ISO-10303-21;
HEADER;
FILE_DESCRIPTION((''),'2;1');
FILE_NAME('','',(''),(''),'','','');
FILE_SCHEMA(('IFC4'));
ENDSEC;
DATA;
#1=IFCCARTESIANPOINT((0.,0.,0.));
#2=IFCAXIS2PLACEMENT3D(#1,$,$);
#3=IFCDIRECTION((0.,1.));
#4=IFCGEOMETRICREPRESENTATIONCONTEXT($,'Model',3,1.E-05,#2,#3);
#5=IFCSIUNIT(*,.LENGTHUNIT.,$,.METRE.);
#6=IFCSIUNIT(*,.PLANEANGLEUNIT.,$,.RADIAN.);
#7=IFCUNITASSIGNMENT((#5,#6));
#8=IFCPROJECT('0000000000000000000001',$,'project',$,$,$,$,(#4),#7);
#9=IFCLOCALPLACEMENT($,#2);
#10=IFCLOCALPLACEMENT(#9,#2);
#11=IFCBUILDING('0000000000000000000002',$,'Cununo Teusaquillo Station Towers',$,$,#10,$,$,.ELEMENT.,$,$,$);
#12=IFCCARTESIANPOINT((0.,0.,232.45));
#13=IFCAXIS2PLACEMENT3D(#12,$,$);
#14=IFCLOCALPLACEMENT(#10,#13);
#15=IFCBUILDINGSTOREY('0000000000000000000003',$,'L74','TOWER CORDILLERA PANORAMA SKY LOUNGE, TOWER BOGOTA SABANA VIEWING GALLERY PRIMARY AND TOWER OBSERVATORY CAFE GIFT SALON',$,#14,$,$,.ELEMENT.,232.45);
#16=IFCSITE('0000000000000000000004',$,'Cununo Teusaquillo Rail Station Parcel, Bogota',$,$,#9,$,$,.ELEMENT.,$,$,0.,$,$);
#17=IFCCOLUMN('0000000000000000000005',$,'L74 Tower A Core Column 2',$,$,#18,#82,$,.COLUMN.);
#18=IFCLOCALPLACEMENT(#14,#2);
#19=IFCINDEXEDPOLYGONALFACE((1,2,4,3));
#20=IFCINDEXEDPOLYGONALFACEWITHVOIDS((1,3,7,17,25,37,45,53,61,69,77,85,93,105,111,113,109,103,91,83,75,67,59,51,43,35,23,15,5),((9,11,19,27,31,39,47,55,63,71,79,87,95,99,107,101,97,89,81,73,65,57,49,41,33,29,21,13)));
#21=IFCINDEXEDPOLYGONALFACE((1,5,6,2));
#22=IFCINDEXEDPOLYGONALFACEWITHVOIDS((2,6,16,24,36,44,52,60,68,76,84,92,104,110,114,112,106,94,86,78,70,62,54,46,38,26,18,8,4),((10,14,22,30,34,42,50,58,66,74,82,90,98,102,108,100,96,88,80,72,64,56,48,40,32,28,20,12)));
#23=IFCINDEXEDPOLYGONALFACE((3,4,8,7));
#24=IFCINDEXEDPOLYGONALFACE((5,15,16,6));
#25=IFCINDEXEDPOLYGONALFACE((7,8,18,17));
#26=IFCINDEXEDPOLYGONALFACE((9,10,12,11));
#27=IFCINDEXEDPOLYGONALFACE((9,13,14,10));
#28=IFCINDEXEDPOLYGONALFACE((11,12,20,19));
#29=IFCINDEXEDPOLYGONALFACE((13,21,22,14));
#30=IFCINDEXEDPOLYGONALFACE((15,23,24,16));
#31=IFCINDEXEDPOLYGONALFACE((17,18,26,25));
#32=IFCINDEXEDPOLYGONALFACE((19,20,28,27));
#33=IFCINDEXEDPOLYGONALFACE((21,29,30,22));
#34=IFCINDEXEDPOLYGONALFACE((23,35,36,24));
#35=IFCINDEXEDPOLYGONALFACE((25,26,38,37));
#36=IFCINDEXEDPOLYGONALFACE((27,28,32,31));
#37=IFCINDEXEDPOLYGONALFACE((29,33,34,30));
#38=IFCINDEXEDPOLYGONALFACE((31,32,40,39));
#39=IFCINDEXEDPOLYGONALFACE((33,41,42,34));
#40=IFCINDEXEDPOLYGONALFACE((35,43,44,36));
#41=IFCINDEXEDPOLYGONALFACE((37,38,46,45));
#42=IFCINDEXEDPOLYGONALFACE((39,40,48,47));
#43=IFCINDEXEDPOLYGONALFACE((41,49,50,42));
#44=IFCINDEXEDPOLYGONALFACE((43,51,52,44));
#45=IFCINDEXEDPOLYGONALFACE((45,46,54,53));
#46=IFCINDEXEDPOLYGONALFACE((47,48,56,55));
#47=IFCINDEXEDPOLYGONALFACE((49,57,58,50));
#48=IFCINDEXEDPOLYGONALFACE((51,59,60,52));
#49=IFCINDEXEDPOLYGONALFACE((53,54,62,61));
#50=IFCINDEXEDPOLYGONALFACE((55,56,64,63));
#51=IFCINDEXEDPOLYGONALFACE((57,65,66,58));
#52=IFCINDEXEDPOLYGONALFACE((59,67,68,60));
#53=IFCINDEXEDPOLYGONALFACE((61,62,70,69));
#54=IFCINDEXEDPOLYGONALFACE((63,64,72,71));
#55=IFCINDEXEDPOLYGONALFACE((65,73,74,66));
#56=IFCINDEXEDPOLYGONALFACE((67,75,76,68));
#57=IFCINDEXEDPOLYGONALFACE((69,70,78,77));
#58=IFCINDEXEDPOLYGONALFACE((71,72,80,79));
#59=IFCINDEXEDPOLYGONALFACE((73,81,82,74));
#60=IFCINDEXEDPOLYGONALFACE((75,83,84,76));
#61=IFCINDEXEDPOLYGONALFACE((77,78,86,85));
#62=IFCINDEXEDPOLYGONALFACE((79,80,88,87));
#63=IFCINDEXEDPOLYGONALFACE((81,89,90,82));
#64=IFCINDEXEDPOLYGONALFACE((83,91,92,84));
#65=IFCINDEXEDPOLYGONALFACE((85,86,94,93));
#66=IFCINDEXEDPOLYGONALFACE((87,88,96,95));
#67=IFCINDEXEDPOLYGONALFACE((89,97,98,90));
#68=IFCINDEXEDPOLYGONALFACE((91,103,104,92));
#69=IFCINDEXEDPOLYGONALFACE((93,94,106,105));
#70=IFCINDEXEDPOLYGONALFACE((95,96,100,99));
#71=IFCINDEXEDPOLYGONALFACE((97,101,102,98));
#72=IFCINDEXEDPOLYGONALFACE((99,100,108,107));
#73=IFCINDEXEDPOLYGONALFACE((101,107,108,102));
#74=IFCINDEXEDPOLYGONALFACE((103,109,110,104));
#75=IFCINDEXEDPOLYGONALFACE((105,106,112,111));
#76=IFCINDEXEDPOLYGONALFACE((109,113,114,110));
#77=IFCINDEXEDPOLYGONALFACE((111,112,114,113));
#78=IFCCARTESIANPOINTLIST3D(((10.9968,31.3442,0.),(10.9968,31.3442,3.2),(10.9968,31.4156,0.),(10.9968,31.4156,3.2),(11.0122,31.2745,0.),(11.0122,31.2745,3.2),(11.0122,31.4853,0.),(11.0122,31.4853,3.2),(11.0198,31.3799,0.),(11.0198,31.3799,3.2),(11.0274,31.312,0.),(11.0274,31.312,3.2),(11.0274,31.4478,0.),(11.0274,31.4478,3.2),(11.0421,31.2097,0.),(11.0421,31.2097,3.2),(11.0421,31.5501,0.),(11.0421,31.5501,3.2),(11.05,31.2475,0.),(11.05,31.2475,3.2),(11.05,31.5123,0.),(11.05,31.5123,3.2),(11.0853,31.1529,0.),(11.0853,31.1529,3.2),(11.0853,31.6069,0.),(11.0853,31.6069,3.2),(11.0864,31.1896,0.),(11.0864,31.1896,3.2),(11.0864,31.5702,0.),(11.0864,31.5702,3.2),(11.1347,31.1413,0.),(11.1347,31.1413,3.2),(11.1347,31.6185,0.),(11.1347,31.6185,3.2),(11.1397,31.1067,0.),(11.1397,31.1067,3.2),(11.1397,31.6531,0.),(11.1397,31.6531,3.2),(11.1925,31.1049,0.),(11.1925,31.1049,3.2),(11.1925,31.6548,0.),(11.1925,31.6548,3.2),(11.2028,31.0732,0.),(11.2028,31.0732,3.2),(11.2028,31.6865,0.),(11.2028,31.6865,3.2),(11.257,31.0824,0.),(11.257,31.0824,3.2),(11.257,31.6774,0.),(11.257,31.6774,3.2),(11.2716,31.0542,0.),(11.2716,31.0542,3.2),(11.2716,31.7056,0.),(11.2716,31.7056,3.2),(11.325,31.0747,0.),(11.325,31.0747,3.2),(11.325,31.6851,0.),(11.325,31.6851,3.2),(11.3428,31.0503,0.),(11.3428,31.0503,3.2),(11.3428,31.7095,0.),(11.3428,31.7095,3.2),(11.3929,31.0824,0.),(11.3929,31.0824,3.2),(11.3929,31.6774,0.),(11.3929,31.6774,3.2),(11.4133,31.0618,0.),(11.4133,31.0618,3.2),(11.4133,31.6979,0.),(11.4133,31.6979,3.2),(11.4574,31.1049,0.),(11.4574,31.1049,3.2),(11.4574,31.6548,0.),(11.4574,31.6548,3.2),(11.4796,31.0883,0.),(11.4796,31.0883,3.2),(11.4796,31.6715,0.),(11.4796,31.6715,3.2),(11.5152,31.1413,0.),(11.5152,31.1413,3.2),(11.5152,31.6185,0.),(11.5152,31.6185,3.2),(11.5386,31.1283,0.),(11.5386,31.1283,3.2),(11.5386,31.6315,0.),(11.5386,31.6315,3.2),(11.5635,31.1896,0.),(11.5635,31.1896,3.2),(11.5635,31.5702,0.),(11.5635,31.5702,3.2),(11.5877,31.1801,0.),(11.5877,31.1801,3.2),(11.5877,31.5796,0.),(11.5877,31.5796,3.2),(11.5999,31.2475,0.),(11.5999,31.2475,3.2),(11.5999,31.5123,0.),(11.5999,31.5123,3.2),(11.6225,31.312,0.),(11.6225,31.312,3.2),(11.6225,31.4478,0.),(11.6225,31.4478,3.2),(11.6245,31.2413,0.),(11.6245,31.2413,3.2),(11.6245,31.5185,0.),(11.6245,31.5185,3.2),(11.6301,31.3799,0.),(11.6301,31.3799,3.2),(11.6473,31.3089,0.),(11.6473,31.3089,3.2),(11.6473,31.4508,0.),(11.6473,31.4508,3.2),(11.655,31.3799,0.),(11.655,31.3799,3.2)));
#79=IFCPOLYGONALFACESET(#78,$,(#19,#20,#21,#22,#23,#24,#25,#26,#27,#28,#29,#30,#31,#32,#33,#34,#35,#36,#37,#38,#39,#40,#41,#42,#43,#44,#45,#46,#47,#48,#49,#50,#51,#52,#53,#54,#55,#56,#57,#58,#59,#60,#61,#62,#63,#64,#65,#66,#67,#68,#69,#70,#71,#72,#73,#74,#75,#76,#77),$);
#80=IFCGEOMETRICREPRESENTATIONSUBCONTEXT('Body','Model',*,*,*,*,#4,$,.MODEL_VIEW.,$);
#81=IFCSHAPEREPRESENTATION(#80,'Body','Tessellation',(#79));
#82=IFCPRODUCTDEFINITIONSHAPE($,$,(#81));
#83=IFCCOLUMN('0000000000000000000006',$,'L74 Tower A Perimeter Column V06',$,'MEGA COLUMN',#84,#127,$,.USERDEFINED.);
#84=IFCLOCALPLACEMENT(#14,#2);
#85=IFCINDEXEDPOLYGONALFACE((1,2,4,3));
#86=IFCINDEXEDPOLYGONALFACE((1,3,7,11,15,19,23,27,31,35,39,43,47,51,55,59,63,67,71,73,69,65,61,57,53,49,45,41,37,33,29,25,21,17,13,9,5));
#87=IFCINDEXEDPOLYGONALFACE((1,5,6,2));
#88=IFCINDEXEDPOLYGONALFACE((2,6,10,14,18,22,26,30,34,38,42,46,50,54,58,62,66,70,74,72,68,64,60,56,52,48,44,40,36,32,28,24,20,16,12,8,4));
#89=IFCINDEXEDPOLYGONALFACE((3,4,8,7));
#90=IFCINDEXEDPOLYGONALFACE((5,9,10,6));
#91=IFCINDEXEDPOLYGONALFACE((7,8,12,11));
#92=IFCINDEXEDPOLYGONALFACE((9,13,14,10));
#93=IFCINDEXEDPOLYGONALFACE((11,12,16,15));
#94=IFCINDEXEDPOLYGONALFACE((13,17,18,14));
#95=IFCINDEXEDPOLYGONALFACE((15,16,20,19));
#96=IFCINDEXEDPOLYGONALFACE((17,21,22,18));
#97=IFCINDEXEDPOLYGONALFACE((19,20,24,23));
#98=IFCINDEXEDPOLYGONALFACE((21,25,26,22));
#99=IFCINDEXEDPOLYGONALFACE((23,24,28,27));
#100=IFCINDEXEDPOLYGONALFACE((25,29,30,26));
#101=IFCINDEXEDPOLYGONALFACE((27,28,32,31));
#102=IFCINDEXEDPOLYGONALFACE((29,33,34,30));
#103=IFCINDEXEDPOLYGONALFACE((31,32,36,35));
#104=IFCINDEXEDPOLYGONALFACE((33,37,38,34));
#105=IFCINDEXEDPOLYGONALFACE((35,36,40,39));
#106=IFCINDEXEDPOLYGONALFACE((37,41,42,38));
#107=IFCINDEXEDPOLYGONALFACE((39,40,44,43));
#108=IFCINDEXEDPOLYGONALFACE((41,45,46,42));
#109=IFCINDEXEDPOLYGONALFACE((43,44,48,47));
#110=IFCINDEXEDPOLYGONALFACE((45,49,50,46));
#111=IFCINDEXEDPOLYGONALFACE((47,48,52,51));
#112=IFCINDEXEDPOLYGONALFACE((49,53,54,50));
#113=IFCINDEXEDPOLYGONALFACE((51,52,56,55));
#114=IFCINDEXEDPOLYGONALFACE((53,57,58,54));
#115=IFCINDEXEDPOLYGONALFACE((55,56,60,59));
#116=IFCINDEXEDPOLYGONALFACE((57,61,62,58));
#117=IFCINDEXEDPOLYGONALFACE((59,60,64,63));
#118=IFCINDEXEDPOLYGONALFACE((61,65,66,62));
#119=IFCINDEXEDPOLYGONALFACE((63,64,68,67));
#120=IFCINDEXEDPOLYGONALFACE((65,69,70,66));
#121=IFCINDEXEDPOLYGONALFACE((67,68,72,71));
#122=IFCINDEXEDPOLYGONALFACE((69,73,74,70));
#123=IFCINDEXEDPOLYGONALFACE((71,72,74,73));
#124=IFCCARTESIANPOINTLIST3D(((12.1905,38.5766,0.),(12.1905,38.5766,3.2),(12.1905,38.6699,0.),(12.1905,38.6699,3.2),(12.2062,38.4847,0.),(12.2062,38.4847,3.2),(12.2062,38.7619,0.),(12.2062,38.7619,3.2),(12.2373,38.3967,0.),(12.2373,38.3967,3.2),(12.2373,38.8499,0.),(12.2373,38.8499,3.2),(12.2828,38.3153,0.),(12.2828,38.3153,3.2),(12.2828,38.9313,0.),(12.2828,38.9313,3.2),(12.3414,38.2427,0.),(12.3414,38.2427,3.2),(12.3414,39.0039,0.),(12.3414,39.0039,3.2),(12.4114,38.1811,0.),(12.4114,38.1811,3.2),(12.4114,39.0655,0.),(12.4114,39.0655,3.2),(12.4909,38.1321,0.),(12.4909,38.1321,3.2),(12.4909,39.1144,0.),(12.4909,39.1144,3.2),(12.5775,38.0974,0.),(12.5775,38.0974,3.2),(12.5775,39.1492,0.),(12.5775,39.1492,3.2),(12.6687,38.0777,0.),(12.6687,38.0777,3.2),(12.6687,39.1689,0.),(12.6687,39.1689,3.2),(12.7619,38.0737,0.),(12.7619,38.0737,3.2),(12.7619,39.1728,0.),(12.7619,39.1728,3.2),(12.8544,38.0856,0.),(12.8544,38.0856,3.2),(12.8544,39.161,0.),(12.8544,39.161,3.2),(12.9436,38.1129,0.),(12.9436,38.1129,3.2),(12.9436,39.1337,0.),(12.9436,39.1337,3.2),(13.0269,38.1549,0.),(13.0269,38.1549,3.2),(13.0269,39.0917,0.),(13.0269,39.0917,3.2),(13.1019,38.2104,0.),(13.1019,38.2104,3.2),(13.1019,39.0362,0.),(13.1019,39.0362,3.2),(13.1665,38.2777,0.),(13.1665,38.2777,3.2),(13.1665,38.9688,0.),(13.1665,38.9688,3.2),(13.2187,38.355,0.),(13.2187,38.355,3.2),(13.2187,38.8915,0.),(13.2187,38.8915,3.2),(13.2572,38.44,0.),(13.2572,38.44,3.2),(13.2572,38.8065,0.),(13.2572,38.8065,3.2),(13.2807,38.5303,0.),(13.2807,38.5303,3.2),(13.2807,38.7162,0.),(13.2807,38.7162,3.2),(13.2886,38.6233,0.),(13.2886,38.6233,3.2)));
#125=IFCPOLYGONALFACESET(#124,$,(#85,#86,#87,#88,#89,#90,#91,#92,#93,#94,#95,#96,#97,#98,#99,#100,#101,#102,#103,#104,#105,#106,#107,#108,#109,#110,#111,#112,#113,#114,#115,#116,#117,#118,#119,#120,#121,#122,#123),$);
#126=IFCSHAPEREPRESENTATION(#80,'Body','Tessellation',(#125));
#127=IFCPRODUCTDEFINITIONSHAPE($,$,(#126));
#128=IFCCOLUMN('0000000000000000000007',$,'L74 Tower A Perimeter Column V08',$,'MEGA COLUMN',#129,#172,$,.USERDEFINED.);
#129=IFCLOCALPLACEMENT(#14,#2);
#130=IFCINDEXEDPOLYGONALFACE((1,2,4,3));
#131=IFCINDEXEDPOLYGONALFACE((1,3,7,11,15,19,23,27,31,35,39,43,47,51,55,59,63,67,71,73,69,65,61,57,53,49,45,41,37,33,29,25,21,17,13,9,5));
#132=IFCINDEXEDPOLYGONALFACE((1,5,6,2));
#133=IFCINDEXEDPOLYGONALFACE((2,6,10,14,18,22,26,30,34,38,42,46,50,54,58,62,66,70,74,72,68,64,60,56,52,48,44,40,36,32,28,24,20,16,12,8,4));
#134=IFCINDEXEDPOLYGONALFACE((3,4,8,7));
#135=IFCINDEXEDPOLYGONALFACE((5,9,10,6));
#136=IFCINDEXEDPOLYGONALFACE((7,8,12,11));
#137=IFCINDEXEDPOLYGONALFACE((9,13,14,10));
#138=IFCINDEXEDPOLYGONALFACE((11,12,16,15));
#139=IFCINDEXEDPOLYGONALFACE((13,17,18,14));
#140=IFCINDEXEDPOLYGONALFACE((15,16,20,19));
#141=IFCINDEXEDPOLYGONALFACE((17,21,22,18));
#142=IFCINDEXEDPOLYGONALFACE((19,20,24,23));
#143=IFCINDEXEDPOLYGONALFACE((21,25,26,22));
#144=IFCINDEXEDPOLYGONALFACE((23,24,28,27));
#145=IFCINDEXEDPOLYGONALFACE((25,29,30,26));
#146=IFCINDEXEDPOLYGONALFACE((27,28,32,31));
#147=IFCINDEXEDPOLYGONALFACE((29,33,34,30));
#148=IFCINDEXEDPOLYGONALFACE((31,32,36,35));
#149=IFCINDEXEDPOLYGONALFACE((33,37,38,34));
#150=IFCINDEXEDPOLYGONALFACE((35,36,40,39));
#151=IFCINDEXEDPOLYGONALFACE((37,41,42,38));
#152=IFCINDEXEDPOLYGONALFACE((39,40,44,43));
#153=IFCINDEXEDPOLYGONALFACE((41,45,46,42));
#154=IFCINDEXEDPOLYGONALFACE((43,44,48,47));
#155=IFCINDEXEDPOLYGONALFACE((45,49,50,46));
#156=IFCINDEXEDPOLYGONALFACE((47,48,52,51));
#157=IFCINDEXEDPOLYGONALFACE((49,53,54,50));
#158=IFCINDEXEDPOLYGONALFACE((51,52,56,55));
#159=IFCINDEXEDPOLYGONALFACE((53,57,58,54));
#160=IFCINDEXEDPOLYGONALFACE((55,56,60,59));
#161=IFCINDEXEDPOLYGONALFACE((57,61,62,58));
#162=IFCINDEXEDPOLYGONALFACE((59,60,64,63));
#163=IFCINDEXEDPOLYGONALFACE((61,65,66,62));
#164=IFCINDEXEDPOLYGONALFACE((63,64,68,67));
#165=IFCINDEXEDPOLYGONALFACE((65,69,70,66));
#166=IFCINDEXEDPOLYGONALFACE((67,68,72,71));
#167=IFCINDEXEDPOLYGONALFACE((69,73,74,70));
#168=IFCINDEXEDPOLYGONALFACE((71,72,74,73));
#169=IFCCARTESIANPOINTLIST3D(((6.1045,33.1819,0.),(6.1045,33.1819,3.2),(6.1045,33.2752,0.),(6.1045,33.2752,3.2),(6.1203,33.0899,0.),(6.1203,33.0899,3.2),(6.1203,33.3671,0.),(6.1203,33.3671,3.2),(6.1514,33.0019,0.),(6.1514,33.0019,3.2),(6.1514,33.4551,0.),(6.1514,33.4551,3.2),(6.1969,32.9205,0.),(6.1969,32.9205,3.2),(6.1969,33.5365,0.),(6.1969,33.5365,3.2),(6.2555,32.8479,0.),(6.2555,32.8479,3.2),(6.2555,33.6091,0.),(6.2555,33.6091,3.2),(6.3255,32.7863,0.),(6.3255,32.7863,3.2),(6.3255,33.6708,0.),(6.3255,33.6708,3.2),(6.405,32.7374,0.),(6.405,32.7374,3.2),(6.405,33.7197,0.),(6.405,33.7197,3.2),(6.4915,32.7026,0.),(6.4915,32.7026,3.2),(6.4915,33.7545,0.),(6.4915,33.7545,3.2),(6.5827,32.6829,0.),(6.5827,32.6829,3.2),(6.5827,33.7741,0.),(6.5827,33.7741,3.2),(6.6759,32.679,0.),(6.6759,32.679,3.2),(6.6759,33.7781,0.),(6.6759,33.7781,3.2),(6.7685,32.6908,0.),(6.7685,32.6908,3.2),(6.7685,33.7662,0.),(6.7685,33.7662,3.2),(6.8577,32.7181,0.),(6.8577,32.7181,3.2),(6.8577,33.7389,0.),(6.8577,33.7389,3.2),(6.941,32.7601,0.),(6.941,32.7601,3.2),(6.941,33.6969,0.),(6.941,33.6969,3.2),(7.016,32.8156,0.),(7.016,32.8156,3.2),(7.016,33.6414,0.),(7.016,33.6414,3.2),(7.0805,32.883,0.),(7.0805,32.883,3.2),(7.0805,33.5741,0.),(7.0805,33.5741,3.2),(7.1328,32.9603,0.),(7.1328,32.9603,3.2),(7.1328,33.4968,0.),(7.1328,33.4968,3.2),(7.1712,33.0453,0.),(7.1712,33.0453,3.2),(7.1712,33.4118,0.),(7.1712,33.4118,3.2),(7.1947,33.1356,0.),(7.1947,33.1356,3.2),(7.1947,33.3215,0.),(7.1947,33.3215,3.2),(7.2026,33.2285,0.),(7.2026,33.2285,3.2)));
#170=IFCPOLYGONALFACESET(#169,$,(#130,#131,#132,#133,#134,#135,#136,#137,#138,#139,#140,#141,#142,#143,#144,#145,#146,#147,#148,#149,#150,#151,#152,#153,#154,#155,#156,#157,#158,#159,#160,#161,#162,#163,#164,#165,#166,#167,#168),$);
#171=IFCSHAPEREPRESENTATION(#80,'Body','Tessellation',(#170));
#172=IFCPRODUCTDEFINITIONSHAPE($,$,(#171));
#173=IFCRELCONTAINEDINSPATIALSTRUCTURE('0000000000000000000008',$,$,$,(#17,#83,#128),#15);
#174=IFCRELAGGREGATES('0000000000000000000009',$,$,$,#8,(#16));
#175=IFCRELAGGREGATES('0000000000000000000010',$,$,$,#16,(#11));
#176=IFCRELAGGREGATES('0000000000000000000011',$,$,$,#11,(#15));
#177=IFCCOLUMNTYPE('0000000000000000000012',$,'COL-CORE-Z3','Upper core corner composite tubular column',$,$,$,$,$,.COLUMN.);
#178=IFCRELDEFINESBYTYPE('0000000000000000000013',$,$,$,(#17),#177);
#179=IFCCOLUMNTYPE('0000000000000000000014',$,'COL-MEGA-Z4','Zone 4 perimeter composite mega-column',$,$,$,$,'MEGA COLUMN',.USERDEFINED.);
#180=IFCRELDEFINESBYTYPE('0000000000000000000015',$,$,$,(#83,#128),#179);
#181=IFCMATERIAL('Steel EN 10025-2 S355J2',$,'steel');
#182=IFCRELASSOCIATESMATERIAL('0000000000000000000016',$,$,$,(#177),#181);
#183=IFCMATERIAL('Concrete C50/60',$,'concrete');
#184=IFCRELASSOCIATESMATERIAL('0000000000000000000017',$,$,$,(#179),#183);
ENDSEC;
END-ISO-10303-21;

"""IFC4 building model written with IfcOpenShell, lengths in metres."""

from ifc_helpers import new_model, si_unit, direction, frame, origin, origin_2d, place, context, subcontext, project, spatial, circle, hollow_circle, extrude, material, material_profile, profile_set, type_object, element, save


model = new_model("IFC4")

# Units and contexts
model_context = context("Model", 3, precision=1e-05, world=origin(), true_north=direction((0.0, 1.0)))
body_context = subcontext(model_context, "Body", "Model", "MODEL_VIEW")
ifc_project = project(units=[si_unit("LENGTHUNIT", "METRE"), si_unit("PLANEANGLEUNIT", "RADIAN")], contexts=[model_context])

# Site, building, storey
site_placement = place(None, origin())
site = spatial("IfcSite", under=ifc_project, at=site_placement, Name="Cununo Teusaquillo Rail Station Parcel, Bogota", CompositionType="ELEMENT", RefElevation=0.0)
building_placement = place(site_placement, origin())
building = spatial("IfcBuilding", under=site, at=building_placement, Name="Cununo Teusaquillo Station Towers", CompositionType="ELEMENT")
storey_placement = place(building_placement, frame((0.0, 0.0, 232.45)))
storey = spatial("IfcBuildingStorey", under=building, at=storey_placement, Name="L74", Description="TOWER CORDILLERA PANORAMA SKY LOUNGE, TOWER BOGOTA SABANA VIEWING GALLERY PRIMARY AND TOWER OBSERVATORY CAFE GIFT SALON", CompositionType="ELEMENT", Elevation=232.45)

# Columns
ifc_material_1 = material(Name="Steel EN 10025-2 S355J2", Category="steel")
ifc_material_profile_1 = material_profile(ifc_material_1, hollow_circle(Radius=0.3301, WallThickness=0.0249, at=origin_2d()), Name="CHS 660x25")
ifc_profile_set_1 = profile_set([ifc_material_profile_1], Name="Steel EN 10025-2 S355J2")
column_type_1 = type_object("IfcColumnType", Name="COL-CORE-Z3", Description="Upper core corner composite tubular column", PredefinedType="COLUMN", material=ifc_profile_set_1)
column_placement = place(storey_placement, frame((11.325, 31.3799, 0.0), z_axis=(0.0, 0.0, 1.0), x_axis=(1.0, 0.0, 0.0)))
element("IfcColumn", 1, at=column_placement, inside=storey, type_object=column_type_1, Name="L74 Tower A Core Column 2", PredefinedType="COLUMN", context=body_context, shape_type="SweptSolid", body=[
    extrude(hollow_circle(Radius=0.3301, WallThickness=0.0249, at=origin_2d()), origin(), (0.0, 0.0, 1.0), 3.2),
])
ifc_material_2 = material(Name="Concrete C50/60", Category="concrete")
ifc_material_profile_2 = material_profile(ifc_material_2, circle(Radius=0.55, at=origin_2d()), Name="RC-CIRC-1100")
ifc_profile_set_2 = profile_set([ifc_material_profile_2], Name="Concrete C50/60")
column_type_2 = type_object("IfcColumnType", Name="COL-MEGA-Z4", Description="Zone 4 perimeter composite mega-column", ElementType="MEGA COLUMN", PredefinedType="USERDEFINED", material=ifc_profile_set_2)
for number, where, z_axis, x_axis, name in (
    (2, (12.7385, 38.6233, 0.0), (0.0, 0.0, 1.0), (1.0, 0.0, 0.0), "L74 Tower A Perimeter Column V06"),
    (3, (6.6526, 33.2285, 0.0), (0.0, 0.0, 1.0), (1.0, 0.0, 0.0), "L74 Tower A Perimeter Column V08"),
):
    element("IfcColumn", number, at=place(storey_placement, frame(where, z_axis=z_axis, x_axis=x_axis)), inside=storey, type_object=column_type_2, Name=name, ObjectType="MEGA COLUMN", PredefinedType="USERDEFINED", context=body_context, shape_type="SweptSolid", body=[
        extrude(circle(Radius=0.55, at=origin_2d()), origin(), (0.0, 0.0, 1.0), 3.2),
    ])

save(model, "model.ifc")
